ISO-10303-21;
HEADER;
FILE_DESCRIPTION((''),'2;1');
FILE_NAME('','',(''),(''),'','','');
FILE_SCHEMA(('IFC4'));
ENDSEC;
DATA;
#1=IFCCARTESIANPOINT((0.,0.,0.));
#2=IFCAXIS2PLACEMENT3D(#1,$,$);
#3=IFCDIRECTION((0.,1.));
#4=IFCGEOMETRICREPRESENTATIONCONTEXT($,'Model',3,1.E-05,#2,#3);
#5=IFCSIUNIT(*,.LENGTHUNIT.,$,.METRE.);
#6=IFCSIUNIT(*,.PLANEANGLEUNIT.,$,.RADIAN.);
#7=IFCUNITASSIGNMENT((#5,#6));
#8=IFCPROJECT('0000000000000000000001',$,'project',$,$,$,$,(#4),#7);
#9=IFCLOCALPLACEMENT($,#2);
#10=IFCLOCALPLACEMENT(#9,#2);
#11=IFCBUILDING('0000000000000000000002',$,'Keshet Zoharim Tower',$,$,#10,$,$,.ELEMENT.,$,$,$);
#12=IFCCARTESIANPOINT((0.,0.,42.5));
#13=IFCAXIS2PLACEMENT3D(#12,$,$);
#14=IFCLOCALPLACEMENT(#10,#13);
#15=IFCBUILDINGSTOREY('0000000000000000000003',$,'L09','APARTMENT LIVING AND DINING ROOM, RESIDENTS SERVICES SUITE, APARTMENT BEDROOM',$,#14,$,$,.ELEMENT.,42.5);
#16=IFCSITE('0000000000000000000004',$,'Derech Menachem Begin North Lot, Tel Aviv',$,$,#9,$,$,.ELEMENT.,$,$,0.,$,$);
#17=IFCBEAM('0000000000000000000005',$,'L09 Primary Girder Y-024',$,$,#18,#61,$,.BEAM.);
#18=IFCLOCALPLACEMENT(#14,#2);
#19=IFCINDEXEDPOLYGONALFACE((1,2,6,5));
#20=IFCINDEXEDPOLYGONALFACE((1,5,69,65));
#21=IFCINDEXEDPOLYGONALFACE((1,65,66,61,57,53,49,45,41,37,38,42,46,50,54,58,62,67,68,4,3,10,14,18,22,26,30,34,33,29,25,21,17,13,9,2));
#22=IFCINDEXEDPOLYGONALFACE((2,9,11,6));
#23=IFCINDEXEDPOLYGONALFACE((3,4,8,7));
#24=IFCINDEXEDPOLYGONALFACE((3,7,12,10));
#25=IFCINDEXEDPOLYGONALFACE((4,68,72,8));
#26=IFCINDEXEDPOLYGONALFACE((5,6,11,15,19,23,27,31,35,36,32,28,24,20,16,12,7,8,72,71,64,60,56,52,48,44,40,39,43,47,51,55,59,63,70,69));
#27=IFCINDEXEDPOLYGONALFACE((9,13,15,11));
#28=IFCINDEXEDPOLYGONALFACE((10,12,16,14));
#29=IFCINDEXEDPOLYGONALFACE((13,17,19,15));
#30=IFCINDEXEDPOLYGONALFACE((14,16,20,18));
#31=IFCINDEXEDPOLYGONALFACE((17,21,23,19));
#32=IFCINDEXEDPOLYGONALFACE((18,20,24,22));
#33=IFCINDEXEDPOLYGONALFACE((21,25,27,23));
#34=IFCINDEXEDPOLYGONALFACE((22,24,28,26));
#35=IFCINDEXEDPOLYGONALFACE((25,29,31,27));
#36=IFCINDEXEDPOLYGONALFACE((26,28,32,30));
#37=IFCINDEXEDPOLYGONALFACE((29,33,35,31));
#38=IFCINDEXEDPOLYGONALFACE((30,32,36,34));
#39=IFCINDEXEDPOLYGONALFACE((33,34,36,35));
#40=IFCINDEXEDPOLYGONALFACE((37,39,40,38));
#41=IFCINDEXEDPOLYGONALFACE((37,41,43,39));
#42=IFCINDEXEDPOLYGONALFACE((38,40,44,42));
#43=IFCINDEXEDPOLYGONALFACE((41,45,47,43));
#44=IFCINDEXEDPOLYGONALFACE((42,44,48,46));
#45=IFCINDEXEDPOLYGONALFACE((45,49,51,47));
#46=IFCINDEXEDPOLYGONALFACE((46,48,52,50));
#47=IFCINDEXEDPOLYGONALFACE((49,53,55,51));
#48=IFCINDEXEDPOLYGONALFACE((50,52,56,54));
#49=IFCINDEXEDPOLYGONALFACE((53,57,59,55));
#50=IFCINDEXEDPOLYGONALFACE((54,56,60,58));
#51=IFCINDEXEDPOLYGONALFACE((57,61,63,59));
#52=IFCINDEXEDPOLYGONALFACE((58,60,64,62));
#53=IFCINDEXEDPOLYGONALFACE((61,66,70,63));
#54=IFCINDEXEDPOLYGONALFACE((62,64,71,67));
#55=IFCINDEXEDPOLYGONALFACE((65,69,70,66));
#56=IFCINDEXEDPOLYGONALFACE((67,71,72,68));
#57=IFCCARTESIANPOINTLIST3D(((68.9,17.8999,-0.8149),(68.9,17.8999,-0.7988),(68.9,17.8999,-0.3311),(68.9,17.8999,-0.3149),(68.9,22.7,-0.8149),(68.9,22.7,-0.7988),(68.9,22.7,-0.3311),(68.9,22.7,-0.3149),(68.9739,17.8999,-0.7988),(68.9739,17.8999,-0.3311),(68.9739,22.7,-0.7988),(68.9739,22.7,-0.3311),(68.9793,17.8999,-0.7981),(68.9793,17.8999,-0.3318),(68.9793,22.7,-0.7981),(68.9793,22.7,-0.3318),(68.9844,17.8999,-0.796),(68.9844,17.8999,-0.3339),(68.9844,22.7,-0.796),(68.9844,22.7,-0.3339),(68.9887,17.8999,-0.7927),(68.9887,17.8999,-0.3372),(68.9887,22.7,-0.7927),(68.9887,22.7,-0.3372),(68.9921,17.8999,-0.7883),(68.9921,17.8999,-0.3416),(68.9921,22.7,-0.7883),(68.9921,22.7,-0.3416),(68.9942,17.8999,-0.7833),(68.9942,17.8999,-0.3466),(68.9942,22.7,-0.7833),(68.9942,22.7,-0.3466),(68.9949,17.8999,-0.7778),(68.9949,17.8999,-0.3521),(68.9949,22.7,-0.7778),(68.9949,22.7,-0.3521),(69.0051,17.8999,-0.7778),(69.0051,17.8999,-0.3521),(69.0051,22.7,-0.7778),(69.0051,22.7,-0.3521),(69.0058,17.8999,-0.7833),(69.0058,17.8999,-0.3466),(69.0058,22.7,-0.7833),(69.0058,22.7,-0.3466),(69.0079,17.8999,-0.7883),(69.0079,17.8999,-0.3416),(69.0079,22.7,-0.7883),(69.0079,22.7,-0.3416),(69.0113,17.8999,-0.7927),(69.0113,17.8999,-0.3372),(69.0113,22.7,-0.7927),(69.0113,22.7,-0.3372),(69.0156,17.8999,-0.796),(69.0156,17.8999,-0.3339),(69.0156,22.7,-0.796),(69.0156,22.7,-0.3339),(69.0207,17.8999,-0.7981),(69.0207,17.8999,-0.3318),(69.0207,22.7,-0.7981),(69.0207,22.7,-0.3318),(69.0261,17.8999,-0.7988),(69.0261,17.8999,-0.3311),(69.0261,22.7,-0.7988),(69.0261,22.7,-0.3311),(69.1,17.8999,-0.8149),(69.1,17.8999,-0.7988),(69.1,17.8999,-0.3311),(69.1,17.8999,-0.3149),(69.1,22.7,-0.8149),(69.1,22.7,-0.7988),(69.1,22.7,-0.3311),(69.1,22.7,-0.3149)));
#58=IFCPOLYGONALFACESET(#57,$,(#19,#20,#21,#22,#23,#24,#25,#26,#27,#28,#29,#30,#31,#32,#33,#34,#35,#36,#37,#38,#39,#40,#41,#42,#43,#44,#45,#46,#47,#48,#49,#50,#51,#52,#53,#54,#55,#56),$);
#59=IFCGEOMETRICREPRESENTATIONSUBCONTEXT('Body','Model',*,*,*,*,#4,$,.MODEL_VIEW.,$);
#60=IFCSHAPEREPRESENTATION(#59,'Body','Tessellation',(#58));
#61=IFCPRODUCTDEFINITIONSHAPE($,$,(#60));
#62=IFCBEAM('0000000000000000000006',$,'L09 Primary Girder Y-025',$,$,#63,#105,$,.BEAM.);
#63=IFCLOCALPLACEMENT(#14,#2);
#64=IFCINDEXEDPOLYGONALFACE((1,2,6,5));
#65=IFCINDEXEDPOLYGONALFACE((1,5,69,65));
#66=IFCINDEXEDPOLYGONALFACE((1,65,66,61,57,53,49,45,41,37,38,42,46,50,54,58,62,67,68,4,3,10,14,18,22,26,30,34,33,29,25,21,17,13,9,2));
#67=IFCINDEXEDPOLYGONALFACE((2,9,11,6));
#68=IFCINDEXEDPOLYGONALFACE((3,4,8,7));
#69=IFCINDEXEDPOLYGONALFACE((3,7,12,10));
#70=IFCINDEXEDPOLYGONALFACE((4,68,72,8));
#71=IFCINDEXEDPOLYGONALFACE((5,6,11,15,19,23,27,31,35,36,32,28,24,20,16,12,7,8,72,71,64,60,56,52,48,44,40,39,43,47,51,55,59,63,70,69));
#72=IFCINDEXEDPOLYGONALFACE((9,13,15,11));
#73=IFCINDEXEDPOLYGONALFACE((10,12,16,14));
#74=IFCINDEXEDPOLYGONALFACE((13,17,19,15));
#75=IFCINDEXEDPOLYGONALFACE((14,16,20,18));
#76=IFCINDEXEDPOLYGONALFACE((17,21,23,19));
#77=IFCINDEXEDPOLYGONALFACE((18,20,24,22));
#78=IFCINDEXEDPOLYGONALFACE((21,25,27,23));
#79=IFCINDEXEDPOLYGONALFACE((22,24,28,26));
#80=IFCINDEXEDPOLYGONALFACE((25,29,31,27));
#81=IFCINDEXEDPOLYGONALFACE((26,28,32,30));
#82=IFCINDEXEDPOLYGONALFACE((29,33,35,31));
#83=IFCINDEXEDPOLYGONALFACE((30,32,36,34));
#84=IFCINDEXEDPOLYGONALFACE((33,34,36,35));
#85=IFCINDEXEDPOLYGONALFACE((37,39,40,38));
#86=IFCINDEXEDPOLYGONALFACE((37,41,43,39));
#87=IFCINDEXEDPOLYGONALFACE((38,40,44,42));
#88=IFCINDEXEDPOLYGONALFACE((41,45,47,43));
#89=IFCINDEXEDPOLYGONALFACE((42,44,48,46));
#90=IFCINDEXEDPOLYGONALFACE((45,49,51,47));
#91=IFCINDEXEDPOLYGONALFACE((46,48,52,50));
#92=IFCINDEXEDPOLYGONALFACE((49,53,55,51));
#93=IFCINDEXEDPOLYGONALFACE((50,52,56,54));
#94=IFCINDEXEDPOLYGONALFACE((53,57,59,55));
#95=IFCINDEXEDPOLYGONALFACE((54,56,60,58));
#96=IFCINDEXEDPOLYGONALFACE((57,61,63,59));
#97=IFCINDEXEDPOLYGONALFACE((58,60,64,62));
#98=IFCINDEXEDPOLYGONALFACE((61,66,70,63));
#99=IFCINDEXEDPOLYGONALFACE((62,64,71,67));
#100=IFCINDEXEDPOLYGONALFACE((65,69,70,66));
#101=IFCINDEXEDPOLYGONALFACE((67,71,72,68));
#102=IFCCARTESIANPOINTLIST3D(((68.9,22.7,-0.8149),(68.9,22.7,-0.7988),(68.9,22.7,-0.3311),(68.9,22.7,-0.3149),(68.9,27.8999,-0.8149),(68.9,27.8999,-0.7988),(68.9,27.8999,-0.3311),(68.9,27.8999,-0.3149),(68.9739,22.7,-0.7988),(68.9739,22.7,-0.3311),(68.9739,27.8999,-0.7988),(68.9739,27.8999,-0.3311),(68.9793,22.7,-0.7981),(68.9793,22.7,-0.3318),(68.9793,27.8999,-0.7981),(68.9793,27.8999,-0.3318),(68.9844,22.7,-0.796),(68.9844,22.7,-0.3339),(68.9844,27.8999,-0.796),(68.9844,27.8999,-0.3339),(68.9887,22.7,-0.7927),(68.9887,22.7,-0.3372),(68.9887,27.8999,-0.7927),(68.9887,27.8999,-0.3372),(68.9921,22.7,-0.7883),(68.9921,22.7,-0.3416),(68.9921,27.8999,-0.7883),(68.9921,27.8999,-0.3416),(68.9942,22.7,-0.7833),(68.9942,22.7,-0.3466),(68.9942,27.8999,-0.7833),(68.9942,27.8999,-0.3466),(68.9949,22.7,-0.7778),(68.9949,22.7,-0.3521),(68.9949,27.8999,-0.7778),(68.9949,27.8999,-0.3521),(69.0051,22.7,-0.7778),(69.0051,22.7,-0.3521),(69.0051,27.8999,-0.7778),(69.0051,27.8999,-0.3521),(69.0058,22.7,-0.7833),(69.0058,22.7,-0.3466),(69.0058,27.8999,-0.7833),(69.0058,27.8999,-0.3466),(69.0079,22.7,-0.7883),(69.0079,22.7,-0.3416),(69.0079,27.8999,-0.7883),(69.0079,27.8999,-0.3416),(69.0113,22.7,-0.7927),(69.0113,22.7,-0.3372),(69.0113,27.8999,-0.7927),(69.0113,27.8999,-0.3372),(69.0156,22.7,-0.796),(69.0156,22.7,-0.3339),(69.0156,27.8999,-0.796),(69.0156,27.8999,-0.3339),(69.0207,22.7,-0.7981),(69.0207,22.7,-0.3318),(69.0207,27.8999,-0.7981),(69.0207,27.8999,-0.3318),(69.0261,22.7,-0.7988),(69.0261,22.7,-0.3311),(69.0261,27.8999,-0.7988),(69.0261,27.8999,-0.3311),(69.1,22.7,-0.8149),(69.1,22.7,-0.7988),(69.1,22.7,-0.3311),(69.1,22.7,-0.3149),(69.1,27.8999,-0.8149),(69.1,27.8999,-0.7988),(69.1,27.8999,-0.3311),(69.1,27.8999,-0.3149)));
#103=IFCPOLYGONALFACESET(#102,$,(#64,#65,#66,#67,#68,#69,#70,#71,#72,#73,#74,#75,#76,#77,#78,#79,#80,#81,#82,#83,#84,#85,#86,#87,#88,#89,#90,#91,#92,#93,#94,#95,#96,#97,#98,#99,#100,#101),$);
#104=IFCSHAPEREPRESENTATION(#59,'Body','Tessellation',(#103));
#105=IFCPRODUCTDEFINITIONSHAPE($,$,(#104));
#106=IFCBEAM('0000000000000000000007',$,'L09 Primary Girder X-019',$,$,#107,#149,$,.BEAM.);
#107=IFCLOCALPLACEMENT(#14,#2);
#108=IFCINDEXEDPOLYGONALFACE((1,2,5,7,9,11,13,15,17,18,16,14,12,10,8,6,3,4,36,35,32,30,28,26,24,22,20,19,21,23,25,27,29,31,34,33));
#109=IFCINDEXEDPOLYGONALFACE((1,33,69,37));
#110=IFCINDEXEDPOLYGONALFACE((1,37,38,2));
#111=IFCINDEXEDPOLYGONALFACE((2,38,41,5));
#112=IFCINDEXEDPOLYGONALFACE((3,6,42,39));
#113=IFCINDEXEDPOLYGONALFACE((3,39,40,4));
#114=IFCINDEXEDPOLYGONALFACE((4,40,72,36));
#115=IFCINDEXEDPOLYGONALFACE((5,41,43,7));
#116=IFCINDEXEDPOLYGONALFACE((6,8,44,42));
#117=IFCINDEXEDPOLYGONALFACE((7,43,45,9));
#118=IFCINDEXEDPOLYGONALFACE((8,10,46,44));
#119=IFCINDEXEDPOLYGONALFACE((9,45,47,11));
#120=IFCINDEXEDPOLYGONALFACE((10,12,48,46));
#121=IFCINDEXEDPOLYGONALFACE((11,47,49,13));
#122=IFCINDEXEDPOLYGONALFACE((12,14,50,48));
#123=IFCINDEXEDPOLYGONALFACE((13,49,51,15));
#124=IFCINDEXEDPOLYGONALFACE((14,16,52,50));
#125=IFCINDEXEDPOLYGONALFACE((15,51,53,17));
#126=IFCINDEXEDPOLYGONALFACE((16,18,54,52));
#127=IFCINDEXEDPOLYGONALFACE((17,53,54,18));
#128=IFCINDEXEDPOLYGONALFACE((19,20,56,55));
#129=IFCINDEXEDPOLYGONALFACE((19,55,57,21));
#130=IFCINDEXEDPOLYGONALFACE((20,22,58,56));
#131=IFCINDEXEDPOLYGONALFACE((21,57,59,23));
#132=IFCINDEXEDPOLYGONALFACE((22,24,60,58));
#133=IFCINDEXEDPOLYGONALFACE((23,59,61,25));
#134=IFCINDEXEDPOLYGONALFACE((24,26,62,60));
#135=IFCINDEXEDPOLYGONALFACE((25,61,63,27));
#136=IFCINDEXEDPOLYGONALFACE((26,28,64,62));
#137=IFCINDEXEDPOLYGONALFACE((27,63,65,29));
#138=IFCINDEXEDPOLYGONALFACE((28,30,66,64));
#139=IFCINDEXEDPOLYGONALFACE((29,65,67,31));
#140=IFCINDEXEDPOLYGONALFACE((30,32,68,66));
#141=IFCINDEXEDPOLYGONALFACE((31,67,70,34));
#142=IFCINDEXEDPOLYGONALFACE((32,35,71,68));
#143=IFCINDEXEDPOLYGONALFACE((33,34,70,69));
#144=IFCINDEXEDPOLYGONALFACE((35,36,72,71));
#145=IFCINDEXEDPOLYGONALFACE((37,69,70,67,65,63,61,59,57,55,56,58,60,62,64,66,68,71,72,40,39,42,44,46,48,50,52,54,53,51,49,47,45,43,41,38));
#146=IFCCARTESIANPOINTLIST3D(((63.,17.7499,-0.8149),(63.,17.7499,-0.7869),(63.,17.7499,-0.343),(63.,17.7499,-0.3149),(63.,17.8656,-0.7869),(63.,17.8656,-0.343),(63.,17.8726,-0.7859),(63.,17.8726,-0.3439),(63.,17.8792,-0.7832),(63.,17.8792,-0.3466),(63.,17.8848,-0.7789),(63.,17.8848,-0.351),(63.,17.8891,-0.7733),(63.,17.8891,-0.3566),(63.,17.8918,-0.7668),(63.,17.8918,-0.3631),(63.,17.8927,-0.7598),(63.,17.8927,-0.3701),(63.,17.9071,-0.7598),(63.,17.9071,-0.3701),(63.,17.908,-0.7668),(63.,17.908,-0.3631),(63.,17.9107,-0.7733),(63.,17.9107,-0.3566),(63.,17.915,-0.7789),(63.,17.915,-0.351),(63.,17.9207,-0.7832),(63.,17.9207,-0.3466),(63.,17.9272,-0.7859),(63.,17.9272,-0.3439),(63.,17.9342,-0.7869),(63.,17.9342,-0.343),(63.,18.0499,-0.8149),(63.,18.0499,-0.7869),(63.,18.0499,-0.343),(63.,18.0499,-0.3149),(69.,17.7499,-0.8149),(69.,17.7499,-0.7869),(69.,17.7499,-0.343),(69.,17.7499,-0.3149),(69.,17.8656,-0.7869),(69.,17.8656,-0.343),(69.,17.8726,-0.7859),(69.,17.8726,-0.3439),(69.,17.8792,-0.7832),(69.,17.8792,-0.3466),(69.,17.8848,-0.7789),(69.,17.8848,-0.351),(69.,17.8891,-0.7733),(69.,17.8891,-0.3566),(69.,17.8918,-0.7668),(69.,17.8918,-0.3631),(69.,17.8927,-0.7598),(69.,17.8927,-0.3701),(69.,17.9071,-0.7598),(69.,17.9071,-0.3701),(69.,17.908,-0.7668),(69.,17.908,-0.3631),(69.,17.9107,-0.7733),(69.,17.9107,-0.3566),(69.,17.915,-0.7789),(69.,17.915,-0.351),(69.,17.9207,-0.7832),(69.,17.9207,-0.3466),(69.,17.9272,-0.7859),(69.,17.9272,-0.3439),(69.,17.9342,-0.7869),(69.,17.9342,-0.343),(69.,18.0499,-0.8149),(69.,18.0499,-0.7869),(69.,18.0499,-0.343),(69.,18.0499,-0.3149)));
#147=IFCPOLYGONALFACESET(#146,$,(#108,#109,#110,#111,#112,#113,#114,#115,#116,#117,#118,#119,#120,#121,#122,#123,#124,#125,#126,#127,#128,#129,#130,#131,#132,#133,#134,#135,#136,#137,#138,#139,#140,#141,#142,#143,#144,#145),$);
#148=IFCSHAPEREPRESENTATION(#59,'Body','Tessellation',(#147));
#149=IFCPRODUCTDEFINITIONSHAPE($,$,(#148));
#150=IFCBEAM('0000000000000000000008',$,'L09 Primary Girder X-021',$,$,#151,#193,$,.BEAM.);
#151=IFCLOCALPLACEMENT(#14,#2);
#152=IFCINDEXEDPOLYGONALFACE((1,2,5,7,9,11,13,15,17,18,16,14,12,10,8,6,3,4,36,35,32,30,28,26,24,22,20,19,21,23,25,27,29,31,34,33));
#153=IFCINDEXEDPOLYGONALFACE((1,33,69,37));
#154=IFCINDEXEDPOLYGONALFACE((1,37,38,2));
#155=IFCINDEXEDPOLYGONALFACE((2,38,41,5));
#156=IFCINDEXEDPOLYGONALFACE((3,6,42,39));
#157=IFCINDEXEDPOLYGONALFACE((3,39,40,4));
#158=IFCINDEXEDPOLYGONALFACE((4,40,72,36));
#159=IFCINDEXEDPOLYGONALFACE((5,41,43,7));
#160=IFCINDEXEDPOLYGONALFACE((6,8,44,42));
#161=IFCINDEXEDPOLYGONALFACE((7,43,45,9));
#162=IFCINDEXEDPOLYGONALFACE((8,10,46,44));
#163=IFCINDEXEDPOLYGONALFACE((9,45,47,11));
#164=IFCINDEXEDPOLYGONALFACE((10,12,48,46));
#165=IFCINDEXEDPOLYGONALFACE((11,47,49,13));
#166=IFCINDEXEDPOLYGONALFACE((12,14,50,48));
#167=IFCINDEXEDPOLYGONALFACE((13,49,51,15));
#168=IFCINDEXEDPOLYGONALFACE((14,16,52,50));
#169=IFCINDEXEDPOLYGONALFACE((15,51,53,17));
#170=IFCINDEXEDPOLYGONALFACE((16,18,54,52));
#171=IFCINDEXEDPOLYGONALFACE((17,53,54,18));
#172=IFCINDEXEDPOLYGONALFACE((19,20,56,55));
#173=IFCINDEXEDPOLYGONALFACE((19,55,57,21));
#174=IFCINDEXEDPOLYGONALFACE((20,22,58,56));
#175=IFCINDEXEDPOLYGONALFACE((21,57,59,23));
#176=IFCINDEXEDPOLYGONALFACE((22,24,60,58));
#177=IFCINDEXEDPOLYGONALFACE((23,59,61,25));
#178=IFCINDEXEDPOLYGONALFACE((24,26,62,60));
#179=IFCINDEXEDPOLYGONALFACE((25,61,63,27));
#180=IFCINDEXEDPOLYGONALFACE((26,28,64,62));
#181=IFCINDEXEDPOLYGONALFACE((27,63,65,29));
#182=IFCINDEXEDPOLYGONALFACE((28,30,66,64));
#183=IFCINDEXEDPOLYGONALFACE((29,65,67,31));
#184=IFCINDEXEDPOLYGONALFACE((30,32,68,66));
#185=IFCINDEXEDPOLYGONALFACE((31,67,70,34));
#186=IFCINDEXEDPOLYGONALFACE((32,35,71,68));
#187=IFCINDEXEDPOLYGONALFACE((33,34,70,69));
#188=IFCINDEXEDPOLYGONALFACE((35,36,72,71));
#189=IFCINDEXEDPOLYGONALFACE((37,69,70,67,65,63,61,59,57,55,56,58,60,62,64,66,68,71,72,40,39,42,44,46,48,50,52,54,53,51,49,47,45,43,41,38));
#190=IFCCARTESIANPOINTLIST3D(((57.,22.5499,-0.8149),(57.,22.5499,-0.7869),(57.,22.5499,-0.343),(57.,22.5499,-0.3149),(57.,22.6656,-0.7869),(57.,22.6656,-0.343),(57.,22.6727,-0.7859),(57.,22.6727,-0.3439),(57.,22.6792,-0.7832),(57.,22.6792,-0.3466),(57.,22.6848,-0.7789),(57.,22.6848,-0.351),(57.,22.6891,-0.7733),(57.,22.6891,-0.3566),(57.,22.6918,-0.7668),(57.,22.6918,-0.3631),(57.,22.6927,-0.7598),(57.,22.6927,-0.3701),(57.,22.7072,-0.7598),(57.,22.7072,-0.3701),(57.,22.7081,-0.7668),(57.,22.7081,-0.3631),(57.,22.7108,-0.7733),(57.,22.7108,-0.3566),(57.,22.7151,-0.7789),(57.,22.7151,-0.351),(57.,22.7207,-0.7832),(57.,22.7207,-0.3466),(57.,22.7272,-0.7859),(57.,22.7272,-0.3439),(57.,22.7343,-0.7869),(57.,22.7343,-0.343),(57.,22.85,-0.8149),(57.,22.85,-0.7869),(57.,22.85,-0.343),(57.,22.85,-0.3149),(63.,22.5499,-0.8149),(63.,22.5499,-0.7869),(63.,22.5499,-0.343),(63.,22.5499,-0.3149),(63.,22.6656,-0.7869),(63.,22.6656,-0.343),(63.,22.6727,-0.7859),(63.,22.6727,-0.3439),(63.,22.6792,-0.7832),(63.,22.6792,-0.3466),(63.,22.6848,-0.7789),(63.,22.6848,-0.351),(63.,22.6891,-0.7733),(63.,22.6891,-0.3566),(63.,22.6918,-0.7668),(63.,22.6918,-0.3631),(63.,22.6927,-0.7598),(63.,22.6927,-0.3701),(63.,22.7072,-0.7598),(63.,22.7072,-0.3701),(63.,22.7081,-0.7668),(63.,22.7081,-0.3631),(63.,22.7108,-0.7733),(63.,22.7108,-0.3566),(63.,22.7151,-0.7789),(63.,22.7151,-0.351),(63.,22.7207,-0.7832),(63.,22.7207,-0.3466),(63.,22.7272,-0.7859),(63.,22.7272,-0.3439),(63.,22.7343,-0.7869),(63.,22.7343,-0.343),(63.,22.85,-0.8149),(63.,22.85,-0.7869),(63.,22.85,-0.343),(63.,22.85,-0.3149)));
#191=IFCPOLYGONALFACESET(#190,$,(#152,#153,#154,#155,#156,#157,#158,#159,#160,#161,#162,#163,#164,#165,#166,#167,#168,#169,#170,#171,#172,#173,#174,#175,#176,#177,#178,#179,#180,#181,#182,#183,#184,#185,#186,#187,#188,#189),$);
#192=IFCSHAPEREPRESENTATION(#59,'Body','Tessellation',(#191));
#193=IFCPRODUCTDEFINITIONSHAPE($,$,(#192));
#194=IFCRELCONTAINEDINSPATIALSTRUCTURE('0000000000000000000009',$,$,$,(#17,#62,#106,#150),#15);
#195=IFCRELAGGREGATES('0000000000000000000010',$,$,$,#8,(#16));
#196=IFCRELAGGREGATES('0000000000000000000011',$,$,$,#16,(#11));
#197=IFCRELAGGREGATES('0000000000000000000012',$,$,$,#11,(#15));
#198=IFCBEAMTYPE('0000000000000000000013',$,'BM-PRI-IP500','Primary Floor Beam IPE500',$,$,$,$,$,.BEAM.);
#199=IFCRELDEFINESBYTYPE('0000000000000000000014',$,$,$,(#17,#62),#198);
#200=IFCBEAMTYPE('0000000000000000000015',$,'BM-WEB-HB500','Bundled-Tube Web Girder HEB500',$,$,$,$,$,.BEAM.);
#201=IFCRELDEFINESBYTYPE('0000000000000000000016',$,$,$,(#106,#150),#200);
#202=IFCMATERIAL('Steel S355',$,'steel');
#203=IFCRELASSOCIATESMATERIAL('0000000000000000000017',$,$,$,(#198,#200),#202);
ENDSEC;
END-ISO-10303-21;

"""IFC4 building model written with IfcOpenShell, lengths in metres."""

from ifc_helpers import new_model, si_unit, direction, frame, origin, origin_2d, place, context, subcontext, project, spatial, i_section, extrude, material, material_profile, profile_set, type_object, element, save


model = new_model("IFC4")

# Units and contexts
model_context = context("Model", 3, precision=1e-05, world=origin(), true_north=direction((0.0, 1.0)))
body_context = subcontext(model_context, "Body", "Model", "MODEL_VIEW")
ifc_project = project(units=[si_unit("LENGTHUNIT", "METRE"), si_unit("PLANEANGLEUNIT", "RADIAN")], contexts=[model_context])

# Site, building, storey
site_placement = place(None, origin())
site = spatial("IfcSite", under=ifc_project, at=site_placement, Name="Derech Menachem Begin North Lot, Tel Aviv", CompositionType="ELEMENT", RefElevation=0.0)
building_placement = place(site_placement, origin())
building = spatial("IfcBuilding", under=site, at=building_placement, Name="Keshet Zoharim Tower", CompositionType="ELEMENT")
storey_placement = place(building_placement, frame((0.0, 0.0, 42.5)))
storey = spatial("IfcBuildingStorey", under=building, at=storey_placement, Name="L09", Description="APARTMENT LIVING AND DINING ROOM, RESIDENTS SERVICES SUITE, APARTMENT BEDROOM", CompositionType="ELEMENT", Elevation=42.5)

# Shared definitions
ifc_material_1 = material(Name="Steel S355", Category="steel")

# Beams
ifc_material_profile_1 = material_profile(ifc_material_1, i_section(OverallWidth=0.2, OverallDepth=0.5, WebThickness=0.0103, FlangeThickness=0.0161, FilletRadius=0.021, at=origin_2d()), Name="IPE500")
ifc_profile_set_1 = profile_set([ifc_material_profile_1], Name="Steel S355")
beam_type_1 = type_object("IfcBeamType", Name="BM-PRI-IP500", Description="Primary Floor Beam IPE500", PredefinedType="BEAM", material=ifc_profile_set_1)
for number, where, z_axis, x_axis, name in (
    (1, (69.0, 17.8999, -0.5649), (0.0, 1.0, 0.0), (-1.0, 0.0, 0.0), "L09 Primary Girder Y-024"),
):
    element("IfcBeam", number, at=place(storey_placement, frame(where, z_axis=z_axis, x_axis=x_axis)), inside=storey, type_object=beam_type_1, Name=name, PredefinedType="BEAM", context=body_context, shape_type="SweptSolid", body=[
        extrude(i_section(OverallWidth=0.2, OverallDepth=0.5, WebThickness=0.0103, FlangeThickness=0.0161, FilletRadius=0.021, at=origin_2d()), origin(), (0.0, 0.0, 1.0), 4.8),
    ])
beam_1_placement = place(storey_placement, frame((69.0, 22.7, -0.5649), z_axis=(0.0, 1.0, 0.0), x_axis=(-1.0, 0.0, 0.0)))
element("IfcBeam", 2, at=beam_1_placement, inside=storey, type_object=beam_type_1, Name="L09 Primary Girder Y-025", PredefinedType="BEAM", context=body_context, shape_type="SweptSolid", body=[
    extrude(i_section(OverallWidth=0.2, OverallDepth=0.5, WebThickness=0.0103, FlangeThickness=0.0161, FilletRadius=0.021, at=origin_2d()), origin(), (0.0, 0.0, 1.0), 5.2),
])
ifc_material_profile_2 = material_profile(ifc_material_1, i_section(OverallWidth=0.3, OverallDepth=0.5, WebThickness=0.0144, FlangeThickness=0.0281, FilletRadius=0.0271, at=origin_2d()), Name="HEB500")
ifc_profile_set_2 = profile_set([ifc_material_profile_2], Name="Steel S355")
beam_type_2 = type_object("IfcBeamType", Name="BM-WEB-HB500", Description="Bundled-Tube Web Girder HEB500", PredefinedType="BEAM", material=ifc_profile_set_2)
for number, where, z_axis, x_axis, name in (
    (3, (63.0, 17.8999, -0.5649), (1.0, 0.0, 0.0), (0.0, 1.0, 0.0), "L09 Primary Girder X-019"),
    (4, (57.0, 22.7, -0.5649), (1.0, 0.0, 0.0), (0.0, 1.0, 0.0), "L09 Primary Girder X-021"),
):
    element("IfcBeam", number, at=place(storey_placement, frame(where, z_axis=z_axis, x_axis=x_axis)), inside=storey, type_object=beam_type_2, Name=name, PredefinedType="BEAM", context=body_context, shape_type="SweptSolid", body=[
        extrude(i_section(OverallWidth=0.3, OverallDepth=0.5, WebThickness=0.0144, FlangeThickness=0.0281, FilletRadius=0.0271, at=origin_2d()), origin(), (0.0, 0.0, 1.0), 6.0),
    ])

save(model, "model.ifc")
